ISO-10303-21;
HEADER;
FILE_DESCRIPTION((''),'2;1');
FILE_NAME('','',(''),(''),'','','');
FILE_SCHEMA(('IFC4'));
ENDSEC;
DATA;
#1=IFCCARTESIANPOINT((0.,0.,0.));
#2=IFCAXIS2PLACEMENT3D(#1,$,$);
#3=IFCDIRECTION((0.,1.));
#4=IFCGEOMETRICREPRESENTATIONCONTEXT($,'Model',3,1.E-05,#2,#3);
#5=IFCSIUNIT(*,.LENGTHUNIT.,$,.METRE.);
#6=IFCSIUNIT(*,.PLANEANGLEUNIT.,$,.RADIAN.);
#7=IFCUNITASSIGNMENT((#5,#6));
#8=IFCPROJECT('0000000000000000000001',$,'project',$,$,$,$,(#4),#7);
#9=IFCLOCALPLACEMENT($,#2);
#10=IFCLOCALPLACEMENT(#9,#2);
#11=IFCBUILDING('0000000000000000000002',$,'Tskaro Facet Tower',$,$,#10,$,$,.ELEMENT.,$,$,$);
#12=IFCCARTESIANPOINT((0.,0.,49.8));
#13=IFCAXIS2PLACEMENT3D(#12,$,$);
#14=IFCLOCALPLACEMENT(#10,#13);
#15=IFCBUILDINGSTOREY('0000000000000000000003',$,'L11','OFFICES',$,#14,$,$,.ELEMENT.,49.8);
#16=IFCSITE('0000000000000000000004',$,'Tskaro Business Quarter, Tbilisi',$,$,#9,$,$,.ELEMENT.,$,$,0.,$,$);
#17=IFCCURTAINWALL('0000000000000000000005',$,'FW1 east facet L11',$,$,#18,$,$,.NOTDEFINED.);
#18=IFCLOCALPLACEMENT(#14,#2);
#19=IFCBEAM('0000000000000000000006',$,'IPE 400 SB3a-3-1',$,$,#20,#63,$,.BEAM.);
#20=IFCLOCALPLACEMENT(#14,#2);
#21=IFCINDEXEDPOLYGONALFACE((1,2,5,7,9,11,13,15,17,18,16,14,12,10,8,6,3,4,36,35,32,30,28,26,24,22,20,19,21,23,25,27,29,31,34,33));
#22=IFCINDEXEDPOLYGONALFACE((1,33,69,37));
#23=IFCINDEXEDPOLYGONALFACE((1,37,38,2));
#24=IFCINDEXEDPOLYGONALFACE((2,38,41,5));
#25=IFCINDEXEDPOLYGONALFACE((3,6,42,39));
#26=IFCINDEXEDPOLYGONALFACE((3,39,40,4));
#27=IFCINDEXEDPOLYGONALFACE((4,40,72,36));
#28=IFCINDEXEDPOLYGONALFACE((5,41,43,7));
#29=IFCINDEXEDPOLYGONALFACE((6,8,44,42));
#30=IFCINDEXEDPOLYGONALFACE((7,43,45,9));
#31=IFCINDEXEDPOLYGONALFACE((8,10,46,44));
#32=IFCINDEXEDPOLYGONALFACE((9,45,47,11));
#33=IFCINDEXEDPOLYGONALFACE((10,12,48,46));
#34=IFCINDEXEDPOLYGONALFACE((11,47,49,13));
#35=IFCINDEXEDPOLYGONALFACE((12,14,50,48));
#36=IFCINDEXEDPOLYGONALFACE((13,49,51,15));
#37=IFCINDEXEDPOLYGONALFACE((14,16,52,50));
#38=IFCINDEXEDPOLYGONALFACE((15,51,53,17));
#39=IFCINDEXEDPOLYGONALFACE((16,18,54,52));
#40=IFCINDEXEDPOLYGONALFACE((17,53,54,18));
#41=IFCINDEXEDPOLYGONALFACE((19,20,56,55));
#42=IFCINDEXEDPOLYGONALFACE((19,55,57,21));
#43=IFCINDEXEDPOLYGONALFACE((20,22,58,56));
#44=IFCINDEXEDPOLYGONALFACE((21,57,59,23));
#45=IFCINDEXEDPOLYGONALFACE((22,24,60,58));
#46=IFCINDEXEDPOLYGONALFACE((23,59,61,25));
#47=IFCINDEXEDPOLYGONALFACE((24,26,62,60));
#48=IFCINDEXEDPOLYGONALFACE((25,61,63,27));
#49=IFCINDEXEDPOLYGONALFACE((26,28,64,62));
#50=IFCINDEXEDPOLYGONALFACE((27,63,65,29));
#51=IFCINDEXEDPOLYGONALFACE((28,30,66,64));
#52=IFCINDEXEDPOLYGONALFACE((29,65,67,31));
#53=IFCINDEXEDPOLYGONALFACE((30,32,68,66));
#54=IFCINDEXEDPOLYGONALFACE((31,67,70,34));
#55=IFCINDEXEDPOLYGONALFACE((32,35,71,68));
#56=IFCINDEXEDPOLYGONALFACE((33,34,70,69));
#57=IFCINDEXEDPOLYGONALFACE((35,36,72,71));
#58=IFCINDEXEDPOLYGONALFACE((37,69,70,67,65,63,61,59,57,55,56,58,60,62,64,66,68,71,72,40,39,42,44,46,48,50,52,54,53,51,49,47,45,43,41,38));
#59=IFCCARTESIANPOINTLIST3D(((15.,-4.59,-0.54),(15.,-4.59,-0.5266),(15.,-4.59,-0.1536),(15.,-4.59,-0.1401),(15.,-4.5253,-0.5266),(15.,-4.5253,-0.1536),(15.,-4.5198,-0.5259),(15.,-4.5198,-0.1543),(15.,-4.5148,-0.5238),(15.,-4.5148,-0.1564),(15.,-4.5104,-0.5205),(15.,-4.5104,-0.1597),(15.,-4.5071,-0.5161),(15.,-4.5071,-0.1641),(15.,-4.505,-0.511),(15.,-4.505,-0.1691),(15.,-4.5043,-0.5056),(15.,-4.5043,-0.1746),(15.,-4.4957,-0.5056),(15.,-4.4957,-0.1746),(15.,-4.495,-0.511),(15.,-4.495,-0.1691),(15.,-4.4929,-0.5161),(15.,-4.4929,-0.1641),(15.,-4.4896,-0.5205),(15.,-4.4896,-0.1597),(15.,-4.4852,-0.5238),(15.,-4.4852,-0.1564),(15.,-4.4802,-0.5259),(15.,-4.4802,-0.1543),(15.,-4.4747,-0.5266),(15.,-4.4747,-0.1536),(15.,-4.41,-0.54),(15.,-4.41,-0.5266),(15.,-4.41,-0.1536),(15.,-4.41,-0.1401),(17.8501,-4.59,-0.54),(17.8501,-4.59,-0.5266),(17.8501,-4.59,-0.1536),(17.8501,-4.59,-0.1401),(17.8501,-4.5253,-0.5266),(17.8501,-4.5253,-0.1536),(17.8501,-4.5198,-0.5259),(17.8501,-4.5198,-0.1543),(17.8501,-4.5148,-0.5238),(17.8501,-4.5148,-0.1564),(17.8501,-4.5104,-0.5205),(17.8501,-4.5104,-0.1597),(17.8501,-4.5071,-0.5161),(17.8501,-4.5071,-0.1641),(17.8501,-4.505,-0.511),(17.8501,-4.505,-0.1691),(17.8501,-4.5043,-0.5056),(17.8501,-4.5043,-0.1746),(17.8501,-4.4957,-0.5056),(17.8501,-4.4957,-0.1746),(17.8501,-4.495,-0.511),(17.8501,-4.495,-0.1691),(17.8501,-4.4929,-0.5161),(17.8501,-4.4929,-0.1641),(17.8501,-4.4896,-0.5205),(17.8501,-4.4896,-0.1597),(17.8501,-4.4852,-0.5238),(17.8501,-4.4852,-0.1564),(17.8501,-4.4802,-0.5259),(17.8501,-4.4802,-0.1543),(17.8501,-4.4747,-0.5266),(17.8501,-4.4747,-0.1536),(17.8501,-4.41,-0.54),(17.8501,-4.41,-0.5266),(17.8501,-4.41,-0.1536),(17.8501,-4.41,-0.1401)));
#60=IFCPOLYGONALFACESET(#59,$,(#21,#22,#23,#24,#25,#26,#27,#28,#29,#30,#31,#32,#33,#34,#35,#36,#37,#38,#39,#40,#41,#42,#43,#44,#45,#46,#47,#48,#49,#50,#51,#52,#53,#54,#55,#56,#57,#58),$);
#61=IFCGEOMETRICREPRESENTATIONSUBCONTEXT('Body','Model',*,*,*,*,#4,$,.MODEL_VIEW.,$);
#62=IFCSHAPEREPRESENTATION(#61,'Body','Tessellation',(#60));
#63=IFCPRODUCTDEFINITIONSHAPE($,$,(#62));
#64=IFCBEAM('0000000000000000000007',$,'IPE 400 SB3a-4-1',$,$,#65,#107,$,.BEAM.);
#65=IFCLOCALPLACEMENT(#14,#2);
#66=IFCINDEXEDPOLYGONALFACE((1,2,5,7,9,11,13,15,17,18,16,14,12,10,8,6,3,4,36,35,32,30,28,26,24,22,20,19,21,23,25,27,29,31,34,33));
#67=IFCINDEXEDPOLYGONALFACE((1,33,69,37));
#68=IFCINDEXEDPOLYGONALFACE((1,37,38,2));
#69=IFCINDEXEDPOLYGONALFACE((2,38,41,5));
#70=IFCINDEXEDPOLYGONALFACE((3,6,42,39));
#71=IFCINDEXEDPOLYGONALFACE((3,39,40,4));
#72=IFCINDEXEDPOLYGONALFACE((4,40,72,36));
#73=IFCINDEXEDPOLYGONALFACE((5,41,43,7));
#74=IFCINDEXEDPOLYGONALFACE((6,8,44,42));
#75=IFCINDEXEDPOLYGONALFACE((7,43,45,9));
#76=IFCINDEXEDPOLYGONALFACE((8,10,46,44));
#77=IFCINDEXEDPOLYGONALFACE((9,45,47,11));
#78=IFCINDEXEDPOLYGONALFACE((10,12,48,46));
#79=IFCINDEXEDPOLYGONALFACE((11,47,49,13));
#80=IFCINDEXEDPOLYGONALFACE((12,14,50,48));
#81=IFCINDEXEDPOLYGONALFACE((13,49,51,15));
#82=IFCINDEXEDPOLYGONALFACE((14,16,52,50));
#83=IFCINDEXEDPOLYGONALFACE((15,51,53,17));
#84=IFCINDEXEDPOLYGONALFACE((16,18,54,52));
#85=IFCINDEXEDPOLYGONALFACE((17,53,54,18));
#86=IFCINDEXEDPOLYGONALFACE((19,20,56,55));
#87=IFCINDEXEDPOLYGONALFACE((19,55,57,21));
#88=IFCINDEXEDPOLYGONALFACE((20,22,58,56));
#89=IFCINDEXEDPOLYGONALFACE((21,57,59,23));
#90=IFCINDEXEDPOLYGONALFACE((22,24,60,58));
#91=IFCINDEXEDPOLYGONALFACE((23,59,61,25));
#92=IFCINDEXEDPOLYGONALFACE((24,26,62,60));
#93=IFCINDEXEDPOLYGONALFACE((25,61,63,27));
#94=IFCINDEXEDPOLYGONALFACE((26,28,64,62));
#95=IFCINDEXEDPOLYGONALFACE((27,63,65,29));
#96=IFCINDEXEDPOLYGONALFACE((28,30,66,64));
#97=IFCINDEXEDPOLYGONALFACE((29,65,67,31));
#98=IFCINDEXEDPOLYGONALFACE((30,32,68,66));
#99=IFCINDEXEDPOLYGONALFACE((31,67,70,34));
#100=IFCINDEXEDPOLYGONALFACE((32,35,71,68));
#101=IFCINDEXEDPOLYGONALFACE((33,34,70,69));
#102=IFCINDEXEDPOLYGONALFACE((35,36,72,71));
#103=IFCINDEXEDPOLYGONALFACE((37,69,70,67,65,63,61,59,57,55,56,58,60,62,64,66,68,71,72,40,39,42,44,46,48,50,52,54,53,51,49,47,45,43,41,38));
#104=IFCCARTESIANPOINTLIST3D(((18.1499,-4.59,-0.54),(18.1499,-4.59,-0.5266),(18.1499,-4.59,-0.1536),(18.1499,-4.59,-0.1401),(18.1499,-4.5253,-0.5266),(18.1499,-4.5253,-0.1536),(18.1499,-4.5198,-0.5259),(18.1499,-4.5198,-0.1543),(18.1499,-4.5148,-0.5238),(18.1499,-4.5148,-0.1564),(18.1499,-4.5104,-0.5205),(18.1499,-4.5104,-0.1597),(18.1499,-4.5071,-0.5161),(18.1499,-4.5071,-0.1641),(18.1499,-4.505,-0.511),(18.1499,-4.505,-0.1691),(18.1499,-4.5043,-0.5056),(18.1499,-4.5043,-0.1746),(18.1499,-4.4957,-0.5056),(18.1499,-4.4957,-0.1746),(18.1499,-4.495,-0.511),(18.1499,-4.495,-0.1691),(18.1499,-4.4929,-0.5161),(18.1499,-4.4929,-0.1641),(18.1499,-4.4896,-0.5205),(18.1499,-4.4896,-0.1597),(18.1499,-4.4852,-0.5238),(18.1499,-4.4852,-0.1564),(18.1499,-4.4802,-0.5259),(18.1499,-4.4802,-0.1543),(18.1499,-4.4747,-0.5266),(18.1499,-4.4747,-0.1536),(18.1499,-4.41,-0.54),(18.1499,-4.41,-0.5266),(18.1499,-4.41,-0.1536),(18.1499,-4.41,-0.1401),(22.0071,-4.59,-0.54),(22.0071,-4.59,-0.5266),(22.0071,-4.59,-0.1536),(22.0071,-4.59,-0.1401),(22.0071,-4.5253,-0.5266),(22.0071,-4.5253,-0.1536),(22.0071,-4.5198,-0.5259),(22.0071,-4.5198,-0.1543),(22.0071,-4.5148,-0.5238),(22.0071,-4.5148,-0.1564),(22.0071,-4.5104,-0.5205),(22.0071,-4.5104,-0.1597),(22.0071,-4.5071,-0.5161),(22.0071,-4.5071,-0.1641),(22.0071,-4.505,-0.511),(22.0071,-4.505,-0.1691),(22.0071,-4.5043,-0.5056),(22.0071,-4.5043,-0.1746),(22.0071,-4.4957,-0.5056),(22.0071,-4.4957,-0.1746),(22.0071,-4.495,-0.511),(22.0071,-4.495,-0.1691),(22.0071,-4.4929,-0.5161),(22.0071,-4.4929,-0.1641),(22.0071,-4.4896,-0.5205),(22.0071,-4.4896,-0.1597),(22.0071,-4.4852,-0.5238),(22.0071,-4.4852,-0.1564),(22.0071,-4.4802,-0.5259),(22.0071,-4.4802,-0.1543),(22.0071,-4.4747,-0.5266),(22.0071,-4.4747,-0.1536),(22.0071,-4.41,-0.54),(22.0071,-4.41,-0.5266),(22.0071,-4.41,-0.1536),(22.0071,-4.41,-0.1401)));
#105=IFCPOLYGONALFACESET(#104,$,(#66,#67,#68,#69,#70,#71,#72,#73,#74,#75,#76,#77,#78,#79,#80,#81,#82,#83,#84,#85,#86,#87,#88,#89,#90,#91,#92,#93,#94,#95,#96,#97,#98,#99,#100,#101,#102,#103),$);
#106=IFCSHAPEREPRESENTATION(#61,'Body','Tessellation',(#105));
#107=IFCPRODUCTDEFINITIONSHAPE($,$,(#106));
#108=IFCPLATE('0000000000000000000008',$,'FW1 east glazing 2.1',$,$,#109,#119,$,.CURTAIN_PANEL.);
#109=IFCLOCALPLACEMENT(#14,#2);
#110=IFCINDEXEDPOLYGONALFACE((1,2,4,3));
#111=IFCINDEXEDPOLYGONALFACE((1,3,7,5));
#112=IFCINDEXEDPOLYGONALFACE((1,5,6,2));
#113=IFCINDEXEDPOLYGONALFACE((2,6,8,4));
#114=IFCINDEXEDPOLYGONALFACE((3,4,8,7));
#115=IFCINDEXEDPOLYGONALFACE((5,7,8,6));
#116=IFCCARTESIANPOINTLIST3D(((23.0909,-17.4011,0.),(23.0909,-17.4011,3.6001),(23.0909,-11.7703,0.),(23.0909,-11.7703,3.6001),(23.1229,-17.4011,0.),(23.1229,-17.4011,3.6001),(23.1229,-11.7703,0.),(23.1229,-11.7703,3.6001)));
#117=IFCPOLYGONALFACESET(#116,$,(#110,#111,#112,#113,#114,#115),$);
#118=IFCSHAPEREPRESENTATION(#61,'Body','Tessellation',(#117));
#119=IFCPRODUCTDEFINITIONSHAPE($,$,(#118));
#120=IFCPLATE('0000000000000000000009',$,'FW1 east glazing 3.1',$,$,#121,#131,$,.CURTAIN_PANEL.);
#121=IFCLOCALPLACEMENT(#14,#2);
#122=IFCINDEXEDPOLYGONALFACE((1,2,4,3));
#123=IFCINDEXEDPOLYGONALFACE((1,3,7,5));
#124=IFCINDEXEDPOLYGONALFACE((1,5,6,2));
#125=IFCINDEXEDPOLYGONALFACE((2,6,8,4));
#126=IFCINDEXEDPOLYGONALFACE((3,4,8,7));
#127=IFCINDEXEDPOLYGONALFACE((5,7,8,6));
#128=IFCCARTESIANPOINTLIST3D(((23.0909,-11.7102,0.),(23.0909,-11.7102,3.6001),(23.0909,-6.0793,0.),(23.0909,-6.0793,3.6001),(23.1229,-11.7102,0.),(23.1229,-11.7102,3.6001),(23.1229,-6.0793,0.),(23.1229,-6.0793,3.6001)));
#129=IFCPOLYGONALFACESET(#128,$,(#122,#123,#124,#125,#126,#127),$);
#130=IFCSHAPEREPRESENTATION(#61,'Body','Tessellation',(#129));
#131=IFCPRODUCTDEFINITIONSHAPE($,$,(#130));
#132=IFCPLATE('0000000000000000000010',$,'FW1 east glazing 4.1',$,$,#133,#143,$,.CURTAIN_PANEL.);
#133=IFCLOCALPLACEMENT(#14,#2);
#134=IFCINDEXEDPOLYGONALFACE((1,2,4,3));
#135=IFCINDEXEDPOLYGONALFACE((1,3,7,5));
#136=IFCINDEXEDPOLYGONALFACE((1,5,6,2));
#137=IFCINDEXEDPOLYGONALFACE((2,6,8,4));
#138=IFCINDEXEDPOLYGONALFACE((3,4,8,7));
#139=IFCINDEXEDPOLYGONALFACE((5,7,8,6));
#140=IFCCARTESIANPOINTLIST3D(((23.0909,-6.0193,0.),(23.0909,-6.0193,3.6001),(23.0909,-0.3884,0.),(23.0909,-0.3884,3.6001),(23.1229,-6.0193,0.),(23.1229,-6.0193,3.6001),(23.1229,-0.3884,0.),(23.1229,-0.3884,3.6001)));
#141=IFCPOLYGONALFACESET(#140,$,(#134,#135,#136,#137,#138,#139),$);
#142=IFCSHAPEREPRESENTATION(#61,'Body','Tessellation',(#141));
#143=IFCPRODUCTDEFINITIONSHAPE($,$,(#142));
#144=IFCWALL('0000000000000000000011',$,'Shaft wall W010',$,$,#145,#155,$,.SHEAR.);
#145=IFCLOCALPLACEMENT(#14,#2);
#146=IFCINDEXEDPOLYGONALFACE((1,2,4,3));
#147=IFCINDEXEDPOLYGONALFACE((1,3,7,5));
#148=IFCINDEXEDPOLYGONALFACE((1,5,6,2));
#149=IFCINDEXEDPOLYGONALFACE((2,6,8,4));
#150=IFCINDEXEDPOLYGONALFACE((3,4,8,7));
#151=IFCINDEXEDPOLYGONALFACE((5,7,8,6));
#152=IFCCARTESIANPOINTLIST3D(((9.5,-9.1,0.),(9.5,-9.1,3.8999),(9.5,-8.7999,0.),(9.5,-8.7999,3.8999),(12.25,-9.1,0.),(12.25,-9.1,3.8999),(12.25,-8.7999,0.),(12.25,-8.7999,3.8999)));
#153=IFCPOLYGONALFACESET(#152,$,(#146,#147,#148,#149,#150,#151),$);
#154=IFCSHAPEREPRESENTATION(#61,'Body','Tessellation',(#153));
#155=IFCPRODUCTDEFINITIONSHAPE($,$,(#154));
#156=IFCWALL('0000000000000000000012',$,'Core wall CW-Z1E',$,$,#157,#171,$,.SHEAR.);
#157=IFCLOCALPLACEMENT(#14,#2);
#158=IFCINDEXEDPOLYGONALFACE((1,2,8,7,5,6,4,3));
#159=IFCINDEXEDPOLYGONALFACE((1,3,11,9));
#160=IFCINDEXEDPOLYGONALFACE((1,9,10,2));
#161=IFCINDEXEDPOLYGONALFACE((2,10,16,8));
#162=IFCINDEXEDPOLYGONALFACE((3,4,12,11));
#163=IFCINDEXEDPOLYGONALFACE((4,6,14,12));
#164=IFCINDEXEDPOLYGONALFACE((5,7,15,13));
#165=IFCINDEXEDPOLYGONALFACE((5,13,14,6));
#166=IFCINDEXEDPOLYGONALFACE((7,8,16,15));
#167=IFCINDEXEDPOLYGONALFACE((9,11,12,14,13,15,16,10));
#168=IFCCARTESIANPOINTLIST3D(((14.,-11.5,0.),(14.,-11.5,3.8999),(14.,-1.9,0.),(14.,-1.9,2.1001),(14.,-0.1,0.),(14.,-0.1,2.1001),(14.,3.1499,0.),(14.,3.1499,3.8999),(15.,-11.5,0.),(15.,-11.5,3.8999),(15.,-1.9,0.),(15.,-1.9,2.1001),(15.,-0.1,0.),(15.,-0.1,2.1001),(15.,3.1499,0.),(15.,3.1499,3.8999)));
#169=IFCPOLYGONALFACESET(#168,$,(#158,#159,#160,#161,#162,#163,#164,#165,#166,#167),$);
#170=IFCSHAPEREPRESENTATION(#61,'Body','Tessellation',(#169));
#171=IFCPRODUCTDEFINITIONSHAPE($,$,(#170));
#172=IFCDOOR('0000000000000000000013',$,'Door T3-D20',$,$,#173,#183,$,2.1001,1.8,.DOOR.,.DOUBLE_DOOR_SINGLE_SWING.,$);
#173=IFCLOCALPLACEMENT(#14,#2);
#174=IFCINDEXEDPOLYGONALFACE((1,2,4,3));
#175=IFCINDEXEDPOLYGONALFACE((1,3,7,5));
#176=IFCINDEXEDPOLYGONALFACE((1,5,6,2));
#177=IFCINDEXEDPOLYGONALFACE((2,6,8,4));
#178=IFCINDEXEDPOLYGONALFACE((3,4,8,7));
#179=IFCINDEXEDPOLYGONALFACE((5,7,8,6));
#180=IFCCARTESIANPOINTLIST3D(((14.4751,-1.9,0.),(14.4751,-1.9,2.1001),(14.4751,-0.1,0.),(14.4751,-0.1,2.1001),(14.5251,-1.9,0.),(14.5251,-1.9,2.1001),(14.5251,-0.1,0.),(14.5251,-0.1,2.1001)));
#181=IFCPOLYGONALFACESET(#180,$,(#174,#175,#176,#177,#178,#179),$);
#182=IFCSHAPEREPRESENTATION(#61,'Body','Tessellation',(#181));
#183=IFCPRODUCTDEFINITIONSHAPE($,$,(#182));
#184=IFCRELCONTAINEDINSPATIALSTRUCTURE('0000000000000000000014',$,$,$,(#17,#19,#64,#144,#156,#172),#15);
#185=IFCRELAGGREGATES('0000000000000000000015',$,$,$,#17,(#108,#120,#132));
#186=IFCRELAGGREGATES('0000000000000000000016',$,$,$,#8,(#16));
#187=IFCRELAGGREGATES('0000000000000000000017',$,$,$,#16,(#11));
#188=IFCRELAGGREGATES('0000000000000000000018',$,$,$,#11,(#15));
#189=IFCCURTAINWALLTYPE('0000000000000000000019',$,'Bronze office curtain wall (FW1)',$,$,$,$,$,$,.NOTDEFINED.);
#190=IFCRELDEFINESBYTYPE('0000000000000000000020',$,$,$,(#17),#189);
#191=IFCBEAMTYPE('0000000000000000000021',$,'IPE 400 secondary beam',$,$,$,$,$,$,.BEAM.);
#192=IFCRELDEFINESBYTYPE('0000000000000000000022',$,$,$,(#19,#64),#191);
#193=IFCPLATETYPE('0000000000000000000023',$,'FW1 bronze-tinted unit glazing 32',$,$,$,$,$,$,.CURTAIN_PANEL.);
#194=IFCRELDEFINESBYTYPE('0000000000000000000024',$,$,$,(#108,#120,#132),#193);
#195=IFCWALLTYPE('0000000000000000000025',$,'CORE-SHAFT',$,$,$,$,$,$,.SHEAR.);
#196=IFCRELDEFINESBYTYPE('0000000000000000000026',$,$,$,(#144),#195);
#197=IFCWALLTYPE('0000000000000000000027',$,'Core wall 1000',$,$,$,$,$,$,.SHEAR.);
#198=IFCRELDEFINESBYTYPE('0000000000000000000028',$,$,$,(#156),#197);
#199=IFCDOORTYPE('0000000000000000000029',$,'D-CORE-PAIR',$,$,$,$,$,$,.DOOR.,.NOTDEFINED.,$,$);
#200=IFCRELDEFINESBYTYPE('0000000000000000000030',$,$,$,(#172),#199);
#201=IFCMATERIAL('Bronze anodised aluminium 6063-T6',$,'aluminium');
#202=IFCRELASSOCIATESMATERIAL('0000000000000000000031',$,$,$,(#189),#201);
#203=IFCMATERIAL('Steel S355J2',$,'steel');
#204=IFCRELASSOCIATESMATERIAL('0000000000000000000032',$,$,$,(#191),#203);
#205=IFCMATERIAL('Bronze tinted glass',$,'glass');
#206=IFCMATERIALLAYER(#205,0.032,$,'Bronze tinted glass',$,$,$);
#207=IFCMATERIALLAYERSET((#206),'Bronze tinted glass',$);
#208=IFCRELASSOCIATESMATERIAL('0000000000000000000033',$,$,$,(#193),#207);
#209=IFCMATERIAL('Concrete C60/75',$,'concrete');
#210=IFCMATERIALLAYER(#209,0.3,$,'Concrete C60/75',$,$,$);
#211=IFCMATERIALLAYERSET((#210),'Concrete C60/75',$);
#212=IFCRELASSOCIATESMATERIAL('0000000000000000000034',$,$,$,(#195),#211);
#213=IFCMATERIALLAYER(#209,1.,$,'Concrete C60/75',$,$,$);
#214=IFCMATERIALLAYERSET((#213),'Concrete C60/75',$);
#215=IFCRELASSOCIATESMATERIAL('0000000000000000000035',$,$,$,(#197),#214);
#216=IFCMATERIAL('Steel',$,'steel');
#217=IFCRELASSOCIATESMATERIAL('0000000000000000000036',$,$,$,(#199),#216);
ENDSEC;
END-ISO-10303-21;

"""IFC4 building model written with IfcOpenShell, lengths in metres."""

from ifc_helpers import new_model, si_unit, direction, frame, frame_2d, origin, origin_2d, place, context, subcontext, project, spatial, rectangle, i_section, extrude, material, layer, layer_set, material_profile, profile_set, type_object, element, fill, aggregate, save


model = new_model("IFC4")

# Units and contexts
model_context = context("Model", 3, precision=1e-05, world=origin(), true_north=direction((0.0, 1.0)))
body_context = subcontext(model_context, "Body", "Model", "MODEL_VIEW")
ifc_project = project(units=[si_unit("LENGTHUNIT", "METRE"), si_unit("PLANEANGLEUNIT", "RADIAN")], contexts=[model_context])

# Site, building, storey
site_placement = place(None, origin())
site = spatial("IfcSite", under=ifc_project, at=site_placement, Name="Tskaro Business Quarter, Tbilisi", CompositionType="ELEMENT", RefElevation=0.0)
building_placement = place(site_placement, origin())
building = spatial("IfcBuilding", under=site, at=building_placement, Name="Tskaro Facet Tower", CompositionType="ELEMENT")
storey_placement = place(building_placement, frame((0.0, 0.0, 49.8)))
storey = spatial("IfcBuildingStorey", under=building, at=storey_placement, Name="L11", Description="OFFICES", CompositionType="ELEMENT", Elevation=49.8)

# Curtain wall
ifc_material_1 = material(Name="Bronze anodised aluminium 6063-T6", Category="aluminium")
curtain_wall_type = type_object("IfcCurtainWallType", Name="Bronze office curtain wall (FW1)", PredefinedType="NOTDEFINED", material=ifc_material_1)
curtain_wall_placement = place(storey_placement, origin())
curtain_wall = element("IfcCurtainWall", 1, at=curtain_wall_placement, inside=storey, type_object=curtain_wall_type, Name="FW1 east facet L11", PredefinedType="NOTDEFINED")

# Beams
ifc_material_2 = material(Name="Steel S355J2", Category="steel")
ifc_material_profile_1 = material_profile(ifc_material_2, i_section(OverallWidth=0.1799, OverallDepth=0.3999, WebThickness=0.0085, FlangeThickness=0.0134, FilletRadius=0.021, at=origin_2d()), Name="IPE 400")
ifc_profile_set_1 = profile_set([ifc_material_profile_1], Name="Steel S355J2")
beam_type_1 = type_object("IfcBeamType", Name="IPE 400 secondary beam", PredefinedType="BEAM", material=ifc_profile_set_1)
beam_1_placement = place(storey_placement, frame((15.0, -4.5, -0.3401), z_axis=(1.0, 0.0, 0.0), x_axis=(0.0, 1.0, 0.0)))
element("IfcBeam", 2, at=beam_1_placement, inside=storey, type_object=beam_type_1, Name="IPE 400 SB3a-3-1", PredefinedType="BEAM", context=body_context, shape_type="SweptSolid", body=[
    extrude(i_section(OverallWidth=0.1799, OverallDepth=0.3999, WebThickness=0.0085, FlangeThickness=0.0134, FilletRadius=0.021, at=origin_2d()), origin(), (0.0, 0.0, 1.0), 2.8501),
])
beam_2_placement = place(storey_placement, frame((18.1499, -4.5, -0.3401), z_axis=(1.0, 0.0, 0.0), x_axis=(0.0, 1.0, 0.0)))
element("IfcBeam", 3, at=beam_2_placement, inside=storey, type_object=beam_type_1, Name="IPE 400 SB3a-4-1", PredefinedType="BEAM", context=body_context, shape_type="SweptSolid", body=[
    extrude(i_section(OverallWidth=0.1799, OverallDepth=0.3999, WebThickness=0.0085, FlangeThickness=0.0134, FilletRadius=0.021, at=origin_2d()), origin(), (0.0, 0.0, 1.0), 3.8572),
])

# Plates
ifc_material_3 = material(Name="Bronze tinted glass", Category="glass")
ifc_layer_1 = layer(ifc_material_3, 0.032, Name="Bronze tinted glass")
ifc_layer_set_1 = layer_set([ifc_layer_1], Name="Bronze tinted glass")
plate_type = type_object("IfcPlateType", Name="FW1 bronze-tinted unit glazing 32", PredefinedType="CURTAIN_PANEL", material=ifc_layer_set_1)
plate_1_placement = place(storey_placement, frame((23.1069, -14.5857, 0.0), z_axis=(0.0, 0.0, 1.0), x_axis=(0.0, 1.0, 0.0)))
plate_1 = element("IfcPlate", 4, at=plate_1_placement, type_object=plate_type, Name="FW1 east glazing 2.1", PredefinedType="CURTAIN_PANEL", context=body_context, shape_type="SweptSolid", body=[
    extrude(rectangle(XDim=5.6309, YDim=0.032, at=origin_2d()), origin(), (0.0, 0.0, 1.0), 3.6001),
])
plate_2_placement = place(storey_placement, frame((23.1069, -8.8948, 0.0), z_axis=(0.0, 0.0, 1.0), x_axis=(0.0, 1.0, 0.0)))
plate_2 = element("IfcPlate", 5, at=plate_2_placement, type_object=plate_type, Name="FW1 east glazing 3.1", PredefinedType="CURTAIN_PANEL", context=body_context, shape_type="SweptSolid", body=[
    extrude(rectangle(XDim=5.6309, YDim=0.032, at=origin_2d()), origin(), (0.0, 0.0, 1.0), 3.6001),
])
plate_3_placement = place(storey_placement, frame((23.1069, -3.2039, 0.0), z_axis=(0.0, 0.0, 1.0), x_axis=(0.0, 1.0, 0.0)))
plate_3 = element("IfcPlate", 6, at=plate_3_placement, type_object=plate_type, Name="FW1 east glazing 4.1", PredefinedType="CURTAIN_PANEL", context=body_context, shape_type="SweptSolid", body=[
    extrude(rectangle(XDim=5.6309, YDim=0.032, at=origin_2d()), origin(), (0.0, 0.0, 1.0), 3.6001),
])
aggregate(curtain_wall, [plate_1, plate_2, plate_3])

# Wall
ifc_material_4 = material(Name="Concrete C60/75", Category="concrete")
ifc_layer_2 = layer(ifc_material_4, 0.3, Name="Concrete C60/75")
ifc_layer_set_2 = layer_set([ifc_layer_2], Name="Concrete C60/75")
wall_type_1 = type_object("IfcWallType", Name="CORE-SHAFT", PredefinedType="SHEAR", material=ifc_layer_set_2)
wall_1_placement = place(storey_placement, frame((9.5, -8.95, 0.0), z_axis=(0.0, 0.0, 1.0), x_axis=(1.0, 0.0, 0.0)))
element("IfcWall", 7, at=wall_1_placement, inside=storey, type_object=wall_type_1, Name="Shaft wall W010", PredefinedType="SHEAR", context=body_context, shape_type="SweptSolid", body=[
    extrude(rectangle(XDim=2.75, YDim=0.3, at=frame_2d((1.375, 0.0))), origin(), (0.0, 0.0, 1.0), 3.8999),
])

# Wall, opening, door
ifc_layer_3 = layer(ifc_material_4, 1.0, Name="Concrete C60/75")
ifc_layer_set_3 = layer_set([ifc_layer_3], Name="Concrete C60/75")
wall_type_2 = type_object("IfcWallType", Name="Core wall 1000", PredefinedType="SHEAR", material=ifc_layer_set_3)
wall_2_placement = place(storey_placement, frame((14.5, -11.5, 0.0), z_axis=(0.0, 0.0, 1.0), x_axis=(0.0, 1.0, 0.0)))
wall_2 = element("IfcWall", 8, at=wall_2_placement, inside=storey, type_object=wall_type_2, Name="Core wall CW-Z1E", PredefinedType="SHEAR", context=body_context, shape_type="SweptSolid", body=[
    extrude(rectangle(XDim=14.6499, YDim=1.0, at=frame_2d((7.325, 0.0))), origin(), (0.0, 0.0, 1.0), 3.8999),
])
opening_1_placement = place(wall_2_placement, frame((9.6001, 0.0, 0.0)))
opening_1 = element("IfcOpeningElement", 9, at=opening_1_placement, cuts=wall_2, PredefinedType="OPENING", context=body_context, shape_type="SweptSolid", body=[
    extrude(rectangle(XDim=1.8, YDim=2.1001, at=frame_2d((0.8999, 1.05))), frame((0.0, 0.51, 0.0), z_axis=(0.0, -1.0, 0.0), x_axis=(1.0, 0.0, 0.0)), (0.0, 0.0, 1.0), 1.02),
])
ifc_material_5 = material(Name="Steel", Category="steel")
door_type_1 = type_object("IfcDoorType", Name="D-CORE-PAIR", OperationType="NOTDEFINED", PredefinedType="DOOR", material=ifc_material_5)
door_1_placement = place(opening_1_placement, origin())
door_1 = element("IfcDoor", 10, at=door_1_placement, inside=storey, type_object=door_type_1, Name="Door T3-D20", OperationType="DOUBLE_DOOR_SINGLE_SWING", OverallHeight=2.1001, OverallWidth=1.8, PredefinedType="DOOR", context=body_context, shape_type="SweptSolid", body=[
    extrude(rectangle(XDim=1.8, YDim=2.1001, at=frame_2d((0.8999, 1.05))), frame((0.0, 0.0249, 0.0), z_axis=(0.0, -1.0, 0.0), x_axis=(1.0, 0.0, 0.0)), (0.0, 0.0, 1.0), 0.05),
])
fill(opening_1, door_1)

save(model, "model.ifc")
